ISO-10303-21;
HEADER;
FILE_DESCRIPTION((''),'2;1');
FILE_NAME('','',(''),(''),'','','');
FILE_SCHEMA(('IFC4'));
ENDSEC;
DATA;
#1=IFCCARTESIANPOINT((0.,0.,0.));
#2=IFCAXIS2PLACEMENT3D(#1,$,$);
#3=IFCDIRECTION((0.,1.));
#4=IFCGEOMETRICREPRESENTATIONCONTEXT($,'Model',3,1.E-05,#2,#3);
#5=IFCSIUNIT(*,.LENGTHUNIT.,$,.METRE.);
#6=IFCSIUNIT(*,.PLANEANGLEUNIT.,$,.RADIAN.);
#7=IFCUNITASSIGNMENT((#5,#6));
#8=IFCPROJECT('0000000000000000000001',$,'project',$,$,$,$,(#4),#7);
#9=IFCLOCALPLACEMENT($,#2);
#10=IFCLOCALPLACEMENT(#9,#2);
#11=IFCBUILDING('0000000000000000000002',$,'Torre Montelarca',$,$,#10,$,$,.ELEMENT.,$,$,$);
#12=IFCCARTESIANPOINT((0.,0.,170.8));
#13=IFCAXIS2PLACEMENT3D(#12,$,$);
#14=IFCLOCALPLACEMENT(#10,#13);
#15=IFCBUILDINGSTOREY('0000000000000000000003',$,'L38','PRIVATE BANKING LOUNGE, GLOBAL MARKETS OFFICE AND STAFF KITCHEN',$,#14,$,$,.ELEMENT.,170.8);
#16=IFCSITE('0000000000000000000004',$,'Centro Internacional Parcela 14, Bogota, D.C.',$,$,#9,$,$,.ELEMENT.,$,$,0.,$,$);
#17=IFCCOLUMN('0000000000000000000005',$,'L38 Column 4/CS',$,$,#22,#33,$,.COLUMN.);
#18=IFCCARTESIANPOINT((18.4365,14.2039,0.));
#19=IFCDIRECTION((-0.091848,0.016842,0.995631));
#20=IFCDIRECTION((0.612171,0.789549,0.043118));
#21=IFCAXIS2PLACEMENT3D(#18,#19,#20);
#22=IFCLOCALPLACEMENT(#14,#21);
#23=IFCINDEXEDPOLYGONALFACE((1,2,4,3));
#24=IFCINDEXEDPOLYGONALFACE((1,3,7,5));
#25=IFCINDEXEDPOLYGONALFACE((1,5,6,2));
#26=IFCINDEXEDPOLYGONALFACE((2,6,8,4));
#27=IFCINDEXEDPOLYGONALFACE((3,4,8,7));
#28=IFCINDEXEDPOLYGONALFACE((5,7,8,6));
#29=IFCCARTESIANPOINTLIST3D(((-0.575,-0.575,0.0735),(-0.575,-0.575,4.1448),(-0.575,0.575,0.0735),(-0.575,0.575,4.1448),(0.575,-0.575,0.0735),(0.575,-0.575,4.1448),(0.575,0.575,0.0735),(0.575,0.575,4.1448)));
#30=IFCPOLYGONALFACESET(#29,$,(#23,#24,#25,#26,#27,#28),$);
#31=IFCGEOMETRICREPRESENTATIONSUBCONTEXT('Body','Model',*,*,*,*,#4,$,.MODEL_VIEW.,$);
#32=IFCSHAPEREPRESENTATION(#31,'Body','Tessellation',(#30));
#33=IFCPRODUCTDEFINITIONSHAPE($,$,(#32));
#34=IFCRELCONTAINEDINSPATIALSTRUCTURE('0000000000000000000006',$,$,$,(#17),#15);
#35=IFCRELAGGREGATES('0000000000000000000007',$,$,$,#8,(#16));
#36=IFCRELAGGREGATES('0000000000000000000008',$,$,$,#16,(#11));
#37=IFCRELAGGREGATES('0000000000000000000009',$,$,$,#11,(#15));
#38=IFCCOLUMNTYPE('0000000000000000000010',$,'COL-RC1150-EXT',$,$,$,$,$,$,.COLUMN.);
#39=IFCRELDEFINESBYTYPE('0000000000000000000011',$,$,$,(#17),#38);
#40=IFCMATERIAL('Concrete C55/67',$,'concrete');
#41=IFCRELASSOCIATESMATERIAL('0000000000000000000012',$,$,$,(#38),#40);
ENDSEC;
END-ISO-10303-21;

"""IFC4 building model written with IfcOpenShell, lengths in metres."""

from ifc_helpers import new_model, si_unit, direction, frame, origin, origin_2d, place, context, subcontext, project, spatial, rectangle, extrude, clip, halfspace, material, material_profile, profile_set, type_object, element, save


model = new_model("IFC4")

# Units and contexts
model_context = context("Model", 3, precision=1e-05, world=origin(), true_north=direction((0.0, 1.0)))
body_context = subcontext(model_context, "Body", "Model", "MODEL_VIEW")
ifc_project = project(units=[si_unit("LENGTHUNIT", "METRE"), si_unit("PLANEANGLEUNIT", "RADIAN")], contexts=[model_context])

# Site, building, storey
site_placement = place(None, origin())
site = spatial("IfcSite", under=ifc_project, at=site_placement, Name="Centro Internacional Parcela 14, Bogota, D.C.", CompositionType="ELEMENT", RefElevation=0.0)
building_placement = place(site_placement, origin())
building = spatial("IfcBuilding", under=site, at=building_placement, Name="Torre Montelarca", CompositionType="ELEMENT")
storey_placement = place(building_placement, frame((0.0, 0.0, 170.8)))
storey = spatial("IfcBuildingStorey", under=building, at=storey_placement, Name="L38", Description="PRIVATE BANKING LOUNGE, GLOBAL MARKETS OFFICE AND STAFF KITCHEN", CompositionType="ELEMENT", Elevation=170.8)

# Column
ifc_material_1 = material(Name="Concrete C55/67", Category="concrete")
ifc_material_profile_1 = material_profile(ifc_material_1, rectangle(XDim=1.1499, YDim=1.1499, at=origin_2d()), Name="RC1150X1150", Category="concrete")
ifc_profile_set_1 = profile_set([ifc_material_profile_1], Name="Concrete C55/67")
column_type_1 = type_object("IfcColumnType", Name="COL-RC1150-EXT", PredefinedType="COLUMN", material=ifc_profile_set_1)
column_1_placement = place(storey_placement, frame((18.4365, 14.2039, 0.0), z_axis=(-0.091848, 0.016842, 0.995631), x_axis=(0.612171, 0.789549, 0.043118)))
element("IfcColumn", 1, at=column_1_placement, inside=storey, type_object=column_type_1, Name="L38 Column 4/CS", PredefinedType="COLUMN", context=body_context, shape_type="Clipping", body=[
    clip(clip(extrude(rectangle(XDim=1.1499, YDim=1.1499, at=origin_2d()), origin(), (0.0, 0.0, 1.0), 4.2183), halfspace(frame((0.0, 0.0, 0.0735), z_axis=(0.0, 0.0, -1.0), x_axis=(1.0, 0.0, 0.0)), False)), halfspace(frame((0.0, 0.0, 4.1448), z_axis=(0.0, 0.0, 1.0), x_axis=(1.0, 0.0, 0.0)), False)),
])

save(model, "model.ifc")
